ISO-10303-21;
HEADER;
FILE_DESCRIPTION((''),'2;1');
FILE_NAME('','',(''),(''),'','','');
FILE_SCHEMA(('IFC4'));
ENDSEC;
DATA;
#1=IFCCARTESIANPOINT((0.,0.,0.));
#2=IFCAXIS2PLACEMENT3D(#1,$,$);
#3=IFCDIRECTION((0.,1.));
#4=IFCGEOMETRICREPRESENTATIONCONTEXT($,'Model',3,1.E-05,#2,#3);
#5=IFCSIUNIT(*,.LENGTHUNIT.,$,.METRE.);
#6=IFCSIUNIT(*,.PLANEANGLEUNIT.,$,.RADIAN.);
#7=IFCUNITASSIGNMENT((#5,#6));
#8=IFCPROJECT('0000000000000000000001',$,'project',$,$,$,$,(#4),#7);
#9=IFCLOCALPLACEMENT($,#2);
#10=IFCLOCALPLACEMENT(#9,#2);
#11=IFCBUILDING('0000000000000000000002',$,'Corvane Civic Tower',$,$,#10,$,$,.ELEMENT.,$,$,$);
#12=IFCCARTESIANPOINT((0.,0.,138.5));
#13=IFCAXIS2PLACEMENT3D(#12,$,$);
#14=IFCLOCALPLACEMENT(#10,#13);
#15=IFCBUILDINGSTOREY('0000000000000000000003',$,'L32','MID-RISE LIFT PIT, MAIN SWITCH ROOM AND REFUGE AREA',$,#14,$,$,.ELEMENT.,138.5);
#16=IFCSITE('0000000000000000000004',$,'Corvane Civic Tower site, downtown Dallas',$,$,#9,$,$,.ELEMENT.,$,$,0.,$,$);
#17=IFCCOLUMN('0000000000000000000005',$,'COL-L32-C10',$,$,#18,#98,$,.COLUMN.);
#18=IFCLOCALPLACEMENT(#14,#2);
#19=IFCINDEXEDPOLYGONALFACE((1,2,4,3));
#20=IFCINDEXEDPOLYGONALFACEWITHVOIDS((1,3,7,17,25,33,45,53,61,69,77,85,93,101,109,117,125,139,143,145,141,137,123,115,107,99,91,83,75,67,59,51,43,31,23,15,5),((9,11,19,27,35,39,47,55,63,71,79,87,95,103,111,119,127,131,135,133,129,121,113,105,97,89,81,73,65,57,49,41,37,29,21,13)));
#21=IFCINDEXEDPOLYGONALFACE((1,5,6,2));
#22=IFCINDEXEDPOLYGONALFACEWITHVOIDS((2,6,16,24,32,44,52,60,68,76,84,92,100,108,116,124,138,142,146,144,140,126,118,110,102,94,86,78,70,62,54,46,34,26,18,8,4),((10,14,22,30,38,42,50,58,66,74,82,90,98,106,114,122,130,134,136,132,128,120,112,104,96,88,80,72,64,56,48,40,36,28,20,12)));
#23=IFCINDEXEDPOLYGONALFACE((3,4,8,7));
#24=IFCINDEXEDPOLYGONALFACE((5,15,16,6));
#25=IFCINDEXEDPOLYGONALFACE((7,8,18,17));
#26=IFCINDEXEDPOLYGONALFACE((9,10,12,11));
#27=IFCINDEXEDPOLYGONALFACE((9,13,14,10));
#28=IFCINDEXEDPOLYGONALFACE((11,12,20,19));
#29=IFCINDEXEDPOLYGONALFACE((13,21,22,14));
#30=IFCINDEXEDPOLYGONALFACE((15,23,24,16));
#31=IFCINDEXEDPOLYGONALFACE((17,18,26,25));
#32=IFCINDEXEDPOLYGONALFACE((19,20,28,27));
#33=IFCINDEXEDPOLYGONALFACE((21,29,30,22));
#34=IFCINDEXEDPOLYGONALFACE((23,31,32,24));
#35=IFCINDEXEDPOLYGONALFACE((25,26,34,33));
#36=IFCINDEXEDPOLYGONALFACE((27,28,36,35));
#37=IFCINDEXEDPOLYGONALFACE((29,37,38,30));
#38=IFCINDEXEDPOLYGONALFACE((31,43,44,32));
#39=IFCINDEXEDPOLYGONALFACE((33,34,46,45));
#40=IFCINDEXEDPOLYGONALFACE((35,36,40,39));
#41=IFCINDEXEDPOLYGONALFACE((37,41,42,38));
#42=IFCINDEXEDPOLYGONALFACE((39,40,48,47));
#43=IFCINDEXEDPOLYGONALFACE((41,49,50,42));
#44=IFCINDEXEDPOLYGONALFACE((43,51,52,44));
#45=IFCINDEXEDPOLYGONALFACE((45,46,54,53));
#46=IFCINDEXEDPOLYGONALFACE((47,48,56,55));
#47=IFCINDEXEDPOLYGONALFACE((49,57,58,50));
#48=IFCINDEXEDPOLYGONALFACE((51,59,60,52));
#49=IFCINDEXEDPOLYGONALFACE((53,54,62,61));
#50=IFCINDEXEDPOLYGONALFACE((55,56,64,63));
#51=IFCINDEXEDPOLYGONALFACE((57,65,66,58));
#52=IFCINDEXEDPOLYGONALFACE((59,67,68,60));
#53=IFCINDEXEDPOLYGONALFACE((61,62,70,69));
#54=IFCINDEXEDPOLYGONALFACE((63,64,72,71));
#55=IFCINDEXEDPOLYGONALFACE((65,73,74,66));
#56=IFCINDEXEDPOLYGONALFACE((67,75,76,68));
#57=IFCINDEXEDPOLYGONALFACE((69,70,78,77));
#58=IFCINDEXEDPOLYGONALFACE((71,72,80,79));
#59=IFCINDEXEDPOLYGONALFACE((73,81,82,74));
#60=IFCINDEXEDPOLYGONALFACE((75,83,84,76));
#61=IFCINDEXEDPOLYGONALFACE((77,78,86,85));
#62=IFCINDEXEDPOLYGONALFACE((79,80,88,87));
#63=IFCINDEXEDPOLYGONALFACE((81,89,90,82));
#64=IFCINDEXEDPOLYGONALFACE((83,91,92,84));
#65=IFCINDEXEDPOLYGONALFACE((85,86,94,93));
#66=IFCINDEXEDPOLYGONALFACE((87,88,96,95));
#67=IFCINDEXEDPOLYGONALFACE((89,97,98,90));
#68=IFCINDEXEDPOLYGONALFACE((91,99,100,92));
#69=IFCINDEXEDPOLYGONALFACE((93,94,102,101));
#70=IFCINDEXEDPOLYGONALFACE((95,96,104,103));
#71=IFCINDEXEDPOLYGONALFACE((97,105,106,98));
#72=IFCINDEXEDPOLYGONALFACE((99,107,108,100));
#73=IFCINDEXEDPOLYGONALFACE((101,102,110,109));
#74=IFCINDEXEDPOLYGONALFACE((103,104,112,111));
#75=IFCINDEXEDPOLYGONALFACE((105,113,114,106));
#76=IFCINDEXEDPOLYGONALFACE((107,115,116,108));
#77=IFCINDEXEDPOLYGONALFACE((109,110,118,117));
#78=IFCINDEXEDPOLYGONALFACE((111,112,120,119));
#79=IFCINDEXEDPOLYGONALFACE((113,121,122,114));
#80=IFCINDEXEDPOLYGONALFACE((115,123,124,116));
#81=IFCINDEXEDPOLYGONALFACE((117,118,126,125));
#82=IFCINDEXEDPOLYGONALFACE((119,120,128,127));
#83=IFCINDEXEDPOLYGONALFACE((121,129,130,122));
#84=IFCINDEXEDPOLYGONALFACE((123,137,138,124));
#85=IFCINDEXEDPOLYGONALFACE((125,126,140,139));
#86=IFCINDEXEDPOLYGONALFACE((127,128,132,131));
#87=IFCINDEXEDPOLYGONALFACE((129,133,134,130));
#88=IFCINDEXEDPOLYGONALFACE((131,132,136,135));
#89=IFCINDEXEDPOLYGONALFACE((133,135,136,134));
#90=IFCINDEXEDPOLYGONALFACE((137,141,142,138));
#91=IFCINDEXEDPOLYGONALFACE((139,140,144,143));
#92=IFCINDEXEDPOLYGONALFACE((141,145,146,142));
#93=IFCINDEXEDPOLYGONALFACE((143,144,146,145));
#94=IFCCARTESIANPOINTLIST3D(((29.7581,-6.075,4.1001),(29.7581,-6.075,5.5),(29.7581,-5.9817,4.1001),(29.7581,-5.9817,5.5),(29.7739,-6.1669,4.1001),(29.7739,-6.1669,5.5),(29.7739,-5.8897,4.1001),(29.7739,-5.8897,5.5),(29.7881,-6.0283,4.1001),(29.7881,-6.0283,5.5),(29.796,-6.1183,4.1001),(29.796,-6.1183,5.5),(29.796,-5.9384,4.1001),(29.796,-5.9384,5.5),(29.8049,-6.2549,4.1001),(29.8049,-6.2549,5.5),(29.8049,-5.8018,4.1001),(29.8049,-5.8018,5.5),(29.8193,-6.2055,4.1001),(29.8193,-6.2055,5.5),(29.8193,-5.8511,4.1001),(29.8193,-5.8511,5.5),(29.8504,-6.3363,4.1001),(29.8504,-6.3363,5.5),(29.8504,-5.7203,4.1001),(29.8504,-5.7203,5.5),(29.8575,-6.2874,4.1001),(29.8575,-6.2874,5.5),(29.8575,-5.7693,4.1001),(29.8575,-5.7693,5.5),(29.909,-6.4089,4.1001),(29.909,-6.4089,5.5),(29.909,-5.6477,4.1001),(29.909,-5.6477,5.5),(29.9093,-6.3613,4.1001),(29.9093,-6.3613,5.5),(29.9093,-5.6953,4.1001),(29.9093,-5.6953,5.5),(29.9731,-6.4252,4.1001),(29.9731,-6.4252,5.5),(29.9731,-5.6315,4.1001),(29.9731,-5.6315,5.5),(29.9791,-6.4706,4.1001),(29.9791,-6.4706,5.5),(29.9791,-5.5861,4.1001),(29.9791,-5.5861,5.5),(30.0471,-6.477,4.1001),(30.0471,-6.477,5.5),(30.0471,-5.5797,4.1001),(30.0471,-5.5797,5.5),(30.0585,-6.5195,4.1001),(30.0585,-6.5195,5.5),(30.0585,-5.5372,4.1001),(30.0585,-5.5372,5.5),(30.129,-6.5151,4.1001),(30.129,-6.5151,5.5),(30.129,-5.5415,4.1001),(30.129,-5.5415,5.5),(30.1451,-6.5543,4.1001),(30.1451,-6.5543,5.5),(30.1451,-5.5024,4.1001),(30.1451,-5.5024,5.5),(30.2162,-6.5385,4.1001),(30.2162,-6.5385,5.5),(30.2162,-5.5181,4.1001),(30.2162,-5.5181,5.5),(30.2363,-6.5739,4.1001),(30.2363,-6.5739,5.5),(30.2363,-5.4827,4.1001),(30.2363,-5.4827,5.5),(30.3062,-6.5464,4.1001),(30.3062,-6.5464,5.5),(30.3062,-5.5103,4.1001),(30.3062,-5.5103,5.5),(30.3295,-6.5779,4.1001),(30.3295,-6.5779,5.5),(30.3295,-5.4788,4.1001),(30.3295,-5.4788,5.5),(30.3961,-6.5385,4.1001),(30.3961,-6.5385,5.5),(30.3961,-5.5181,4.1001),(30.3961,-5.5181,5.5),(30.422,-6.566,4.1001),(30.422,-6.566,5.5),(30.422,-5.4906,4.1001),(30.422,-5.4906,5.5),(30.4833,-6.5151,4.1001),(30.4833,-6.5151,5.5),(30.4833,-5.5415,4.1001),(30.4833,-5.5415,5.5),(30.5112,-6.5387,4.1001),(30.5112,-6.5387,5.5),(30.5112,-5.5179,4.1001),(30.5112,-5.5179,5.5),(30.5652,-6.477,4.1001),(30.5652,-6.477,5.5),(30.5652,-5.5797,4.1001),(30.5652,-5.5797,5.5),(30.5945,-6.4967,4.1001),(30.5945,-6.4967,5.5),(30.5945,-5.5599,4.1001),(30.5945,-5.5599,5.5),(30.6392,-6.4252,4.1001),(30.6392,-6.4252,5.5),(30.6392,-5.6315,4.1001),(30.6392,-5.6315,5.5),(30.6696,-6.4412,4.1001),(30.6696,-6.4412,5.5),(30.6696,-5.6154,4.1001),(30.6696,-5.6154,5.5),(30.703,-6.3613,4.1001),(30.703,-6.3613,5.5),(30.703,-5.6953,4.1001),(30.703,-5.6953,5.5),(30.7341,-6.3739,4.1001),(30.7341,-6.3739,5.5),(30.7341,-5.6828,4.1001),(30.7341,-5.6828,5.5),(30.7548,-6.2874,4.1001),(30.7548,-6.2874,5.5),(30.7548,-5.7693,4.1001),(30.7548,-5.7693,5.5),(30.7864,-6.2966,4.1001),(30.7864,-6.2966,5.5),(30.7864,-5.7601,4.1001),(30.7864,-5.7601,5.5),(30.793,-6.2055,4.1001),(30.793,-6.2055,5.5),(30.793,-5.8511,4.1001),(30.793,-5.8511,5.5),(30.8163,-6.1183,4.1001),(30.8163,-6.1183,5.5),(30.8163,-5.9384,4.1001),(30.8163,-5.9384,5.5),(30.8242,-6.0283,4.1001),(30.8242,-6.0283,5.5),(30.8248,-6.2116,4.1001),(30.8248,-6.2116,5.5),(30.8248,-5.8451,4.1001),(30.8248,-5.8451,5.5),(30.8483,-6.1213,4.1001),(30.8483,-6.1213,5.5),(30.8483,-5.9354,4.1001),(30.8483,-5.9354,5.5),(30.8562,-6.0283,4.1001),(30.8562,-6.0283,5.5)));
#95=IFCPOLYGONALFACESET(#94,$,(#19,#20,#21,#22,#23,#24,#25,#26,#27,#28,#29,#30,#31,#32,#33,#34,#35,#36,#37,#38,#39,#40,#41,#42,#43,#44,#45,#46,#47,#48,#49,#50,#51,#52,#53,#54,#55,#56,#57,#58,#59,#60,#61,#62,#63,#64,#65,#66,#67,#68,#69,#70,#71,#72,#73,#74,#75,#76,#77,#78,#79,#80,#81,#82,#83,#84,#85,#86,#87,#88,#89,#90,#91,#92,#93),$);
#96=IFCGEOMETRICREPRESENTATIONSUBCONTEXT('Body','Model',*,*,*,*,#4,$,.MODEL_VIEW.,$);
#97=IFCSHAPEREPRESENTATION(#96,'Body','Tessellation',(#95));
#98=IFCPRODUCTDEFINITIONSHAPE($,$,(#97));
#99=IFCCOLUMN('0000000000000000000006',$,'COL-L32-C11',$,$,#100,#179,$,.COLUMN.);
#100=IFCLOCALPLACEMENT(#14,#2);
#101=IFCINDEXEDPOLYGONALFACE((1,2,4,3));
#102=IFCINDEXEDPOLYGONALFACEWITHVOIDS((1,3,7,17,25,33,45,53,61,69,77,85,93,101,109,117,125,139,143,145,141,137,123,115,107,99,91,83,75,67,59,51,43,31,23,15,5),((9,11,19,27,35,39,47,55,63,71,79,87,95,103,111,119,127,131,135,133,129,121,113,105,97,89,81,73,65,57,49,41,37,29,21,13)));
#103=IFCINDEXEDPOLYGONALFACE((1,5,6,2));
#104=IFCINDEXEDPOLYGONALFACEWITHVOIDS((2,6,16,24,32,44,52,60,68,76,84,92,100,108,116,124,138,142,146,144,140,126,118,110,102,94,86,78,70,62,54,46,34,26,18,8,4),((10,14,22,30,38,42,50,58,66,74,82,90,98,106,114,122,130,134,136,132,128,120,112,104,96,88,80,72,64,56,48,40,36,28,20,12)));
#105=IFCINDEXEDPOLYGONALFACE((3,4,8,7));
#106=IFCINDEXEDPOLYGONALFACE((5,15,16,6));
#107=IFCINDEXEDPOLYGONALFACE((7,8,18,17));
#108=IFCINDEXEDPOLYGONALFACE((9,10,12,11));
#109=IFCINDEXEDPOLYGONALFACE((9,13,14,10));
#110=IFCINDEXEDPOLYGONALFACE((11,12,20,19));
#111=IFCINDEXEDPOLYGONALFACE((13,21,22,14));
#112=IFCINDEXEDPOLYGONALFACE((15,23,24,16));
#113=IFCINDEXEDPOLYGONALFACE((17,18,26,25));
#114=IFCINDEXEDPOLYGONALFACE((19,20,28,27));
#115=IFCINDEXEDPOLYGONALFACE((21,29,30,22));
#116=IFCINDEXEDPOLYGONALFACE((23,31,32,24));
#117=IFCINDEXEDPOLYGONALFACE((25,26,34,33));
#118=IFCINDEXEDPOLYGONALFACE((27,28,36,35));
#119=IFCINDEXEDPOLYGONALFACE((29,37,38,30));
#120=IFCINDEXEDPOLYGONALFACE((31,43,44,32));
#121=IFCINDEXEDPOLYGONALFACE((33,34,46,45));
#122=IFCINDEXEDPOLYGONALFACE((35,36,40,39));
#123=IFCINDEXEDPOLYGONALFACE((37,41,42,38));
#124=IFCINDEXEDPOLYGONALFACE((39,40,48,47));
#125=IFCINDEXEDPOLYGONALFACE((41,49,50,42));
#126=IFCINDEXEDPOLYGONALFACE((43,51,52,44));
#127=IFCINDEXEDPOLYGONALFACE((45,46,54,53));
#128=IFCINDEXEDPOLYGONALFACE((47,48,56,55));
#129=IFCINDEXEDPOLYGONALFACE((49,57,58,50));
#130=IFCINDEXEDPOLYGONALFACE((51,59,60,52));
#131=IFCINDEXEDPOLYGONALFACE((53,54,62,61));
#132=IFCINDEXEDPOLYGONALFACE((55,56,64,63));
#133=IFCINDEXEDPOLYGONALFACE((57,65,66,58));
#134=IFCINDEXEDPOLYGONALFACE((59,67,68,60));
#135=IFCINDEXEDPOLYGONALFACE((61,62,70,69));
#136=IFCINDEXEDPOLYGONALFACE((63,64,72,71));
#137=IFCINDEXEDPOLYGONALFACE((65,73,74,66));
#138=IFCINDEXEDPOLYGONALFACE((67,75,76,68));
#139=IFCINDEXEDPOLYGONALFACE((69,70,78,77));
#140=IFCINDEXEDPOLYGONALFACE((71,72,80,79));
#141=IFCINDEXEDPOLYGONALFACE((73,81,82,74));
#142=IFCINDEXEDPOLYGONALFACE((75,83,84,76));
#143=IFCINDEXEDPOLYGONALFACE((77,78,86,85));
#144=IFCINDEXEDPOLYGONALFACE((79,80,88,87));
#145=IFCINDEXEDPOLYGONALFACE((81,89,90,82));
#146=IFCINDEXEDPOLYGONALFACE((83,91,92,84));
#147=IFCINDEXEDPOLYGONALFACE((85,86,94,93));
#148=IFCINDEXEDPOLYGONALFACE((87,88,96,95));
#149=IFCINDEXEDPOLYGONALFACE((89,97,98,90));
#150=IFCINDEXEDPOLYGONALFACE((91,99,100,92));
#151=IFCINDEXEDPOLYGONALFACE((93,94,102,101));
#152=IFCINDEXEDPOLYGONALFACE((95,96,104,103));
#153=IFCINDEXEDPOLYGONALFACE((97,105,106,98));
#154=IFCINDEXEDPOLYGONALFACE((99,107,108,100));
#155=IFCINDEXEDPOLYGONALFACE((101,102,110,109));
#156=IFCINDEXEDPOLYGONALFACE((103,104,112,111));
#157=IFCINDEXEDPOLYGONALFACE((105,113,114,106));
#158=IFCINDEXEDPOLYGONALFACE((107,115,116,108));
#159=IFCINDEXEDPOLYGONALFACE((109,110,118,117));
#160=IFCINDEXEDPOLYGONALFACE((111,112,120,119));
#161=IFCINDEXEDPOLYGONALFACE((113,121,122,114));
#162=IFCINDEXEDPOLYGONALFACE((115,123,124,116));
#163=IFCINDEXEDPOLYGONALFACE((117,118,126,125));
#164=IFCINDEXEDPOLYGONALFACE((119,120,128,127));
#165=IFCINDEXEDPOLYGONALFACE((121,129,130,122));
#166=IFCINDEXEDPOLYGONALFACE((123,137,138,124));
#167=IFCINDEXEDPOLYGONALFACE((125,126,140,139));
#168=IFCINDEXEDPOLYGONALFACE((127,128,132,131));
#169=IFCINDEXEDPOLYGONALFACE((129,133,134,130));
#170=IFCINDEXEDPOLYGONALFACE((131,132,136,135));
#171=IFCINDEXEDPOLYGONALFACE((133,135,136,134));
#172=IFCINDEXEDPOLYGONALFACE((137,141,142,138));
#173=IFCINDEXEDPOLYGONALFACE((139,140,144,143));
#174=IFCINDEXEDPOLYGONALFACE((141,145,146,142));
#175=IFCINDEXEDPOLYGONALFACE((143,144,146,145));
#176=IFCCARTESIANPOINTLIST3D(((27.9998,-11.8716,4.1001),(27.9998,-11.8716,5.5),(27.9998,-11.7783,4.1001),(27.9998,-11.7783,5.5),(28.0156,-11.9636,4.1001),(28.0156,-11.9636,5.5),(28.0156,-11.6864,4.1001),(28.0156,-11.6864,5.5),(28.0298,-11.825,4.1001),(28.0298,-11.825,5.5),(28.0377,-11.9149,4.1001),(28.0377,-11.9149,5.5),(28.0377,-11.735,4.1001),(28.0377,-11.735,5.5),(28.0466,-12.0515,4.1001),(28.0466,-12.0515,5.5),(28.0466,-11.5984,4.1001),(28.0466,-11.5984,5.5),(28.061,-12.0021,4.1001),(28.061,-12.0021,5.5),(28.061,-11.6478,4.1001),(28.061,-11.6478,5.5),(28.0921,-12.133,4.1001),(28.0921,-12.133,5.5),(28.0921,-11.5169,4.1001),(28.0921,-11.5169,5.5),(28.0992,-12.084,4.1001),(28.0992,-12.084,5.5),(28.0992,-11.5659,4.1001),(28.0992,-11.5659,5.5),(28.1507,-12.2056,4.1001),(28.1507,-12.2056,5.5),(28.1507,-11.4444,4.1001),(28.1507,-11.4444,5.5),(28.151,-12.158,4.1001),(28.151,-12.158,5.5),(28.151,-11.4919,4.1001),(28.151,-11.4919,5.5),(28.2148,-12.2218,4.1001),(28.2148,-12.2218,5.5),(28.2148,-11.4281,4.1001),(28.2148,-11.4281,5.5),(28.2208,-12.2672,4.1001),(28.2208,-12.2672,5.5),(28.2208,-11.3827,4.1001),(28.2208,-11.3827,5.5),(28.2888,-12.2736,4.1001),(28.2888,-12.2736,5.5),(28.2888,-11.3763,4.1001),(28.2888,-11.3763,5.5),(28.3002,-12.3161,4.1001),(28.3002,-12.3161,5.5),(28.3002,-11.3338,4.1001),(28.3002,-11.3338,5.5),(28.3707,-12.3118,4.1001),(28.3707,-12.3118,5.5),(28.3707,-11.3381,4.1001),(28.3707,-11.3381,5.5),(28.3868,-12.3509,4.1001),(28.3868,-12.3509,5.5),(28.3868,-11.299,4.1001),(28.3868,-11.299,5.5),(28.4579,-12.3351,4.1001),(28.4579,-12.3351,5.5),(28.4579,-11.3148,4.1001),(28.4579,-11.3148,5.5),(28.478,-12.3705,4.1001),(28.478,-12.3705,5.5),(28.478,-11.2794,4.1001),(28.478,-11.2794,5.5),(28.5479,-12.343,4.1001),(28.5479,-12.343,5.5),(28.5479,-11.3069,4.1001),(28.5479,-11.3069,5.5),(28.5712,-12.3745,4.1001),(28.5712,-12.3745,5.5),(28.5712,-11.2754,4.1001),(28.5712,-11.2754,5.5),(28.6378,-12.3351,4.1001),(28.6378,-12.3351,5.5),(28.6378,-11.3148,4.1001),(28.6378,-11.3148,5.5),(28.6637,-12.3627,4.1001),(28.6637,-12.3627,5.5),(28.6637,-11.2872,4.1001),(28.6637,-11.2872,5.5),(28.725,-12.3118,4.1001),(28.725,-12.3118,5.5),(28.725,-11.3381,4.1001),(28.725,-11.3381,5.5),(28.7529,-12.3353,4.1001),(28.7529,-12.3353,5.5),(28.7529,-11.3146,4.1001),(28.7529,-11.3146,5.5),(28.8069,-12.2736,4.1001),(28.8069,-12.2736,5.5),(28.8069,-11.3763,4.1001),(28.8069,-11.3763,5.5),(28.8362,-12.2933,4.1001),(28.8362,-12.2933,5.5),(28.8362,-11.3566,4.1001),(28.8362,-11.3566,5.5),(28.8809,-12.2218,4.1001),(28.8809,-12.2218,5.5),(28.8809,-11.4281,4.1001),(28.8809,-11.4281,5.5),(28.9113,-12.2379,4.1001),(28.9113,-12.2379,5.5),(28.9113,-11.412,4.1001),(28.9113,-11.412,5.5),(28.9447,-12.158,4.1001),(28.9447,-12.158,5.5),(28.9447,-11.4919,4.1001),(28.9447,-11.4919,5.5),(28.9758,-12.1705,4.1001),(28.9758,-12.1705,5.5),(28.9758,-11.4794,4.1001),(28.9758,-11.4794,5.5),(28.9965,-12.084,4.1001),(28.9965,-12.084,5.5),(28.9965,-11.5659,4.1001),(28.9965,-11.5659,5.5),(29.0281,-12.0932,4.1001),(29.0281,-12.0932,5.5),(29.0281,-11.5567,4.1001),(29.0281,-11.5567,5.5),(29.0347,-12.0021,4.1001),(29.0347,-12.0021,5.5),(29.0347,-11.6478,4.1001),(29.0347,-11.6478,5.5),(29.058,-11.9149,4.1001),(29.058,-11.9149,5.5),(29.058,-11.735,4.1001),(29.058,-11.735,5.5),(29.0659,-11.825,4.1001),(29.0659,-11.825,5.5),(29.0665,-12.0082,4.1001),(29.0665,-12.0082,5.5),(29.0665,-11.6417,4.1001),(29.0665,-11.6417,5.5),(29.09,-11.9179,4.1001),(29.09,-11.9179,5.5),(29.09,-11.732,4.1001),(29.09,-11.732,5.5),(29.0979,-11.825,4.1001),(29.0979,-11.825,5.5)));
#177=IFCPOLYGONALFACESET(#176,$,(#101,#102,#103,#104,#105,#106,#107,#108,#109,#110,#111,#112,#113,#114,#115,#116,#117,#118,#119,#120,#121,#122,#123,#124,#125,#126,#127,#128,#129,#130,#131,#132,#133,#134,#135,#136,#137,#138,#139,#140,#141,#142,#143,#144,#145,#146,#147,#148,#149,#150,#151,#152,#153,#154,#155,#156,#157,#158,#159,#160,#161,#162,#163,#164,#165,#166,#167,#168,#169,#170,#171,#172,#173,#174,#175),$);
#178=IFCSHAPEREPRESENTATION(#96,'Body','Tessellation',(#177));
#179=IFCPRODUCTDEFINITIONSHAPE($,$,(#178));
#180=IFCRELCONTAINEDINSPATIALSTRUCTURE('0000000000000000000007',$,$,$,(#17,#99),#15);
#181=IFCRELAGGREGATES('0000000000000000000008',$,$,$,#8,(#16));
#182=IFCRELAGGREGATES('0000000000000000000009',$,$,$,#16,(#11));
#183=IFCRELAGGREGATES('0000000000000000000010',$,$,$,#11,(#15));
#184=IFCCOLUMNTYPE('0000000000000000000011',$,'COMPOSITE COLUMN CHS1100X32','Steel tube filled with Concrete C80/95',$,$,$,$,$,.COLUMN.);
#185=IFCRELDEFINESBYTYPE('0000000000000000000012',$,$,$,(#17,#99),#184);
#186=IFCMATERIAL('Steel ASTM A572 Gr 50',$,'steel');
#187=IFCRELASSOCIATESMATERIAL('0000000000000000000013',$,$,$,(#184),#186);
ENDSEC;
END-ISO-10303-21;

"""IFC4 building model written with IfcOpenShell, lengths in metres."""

from ifc_helpers import new_model, si_unit, direction, frame, origin, origin_2d, place, context, subcontext, project, spatial, hollow_circle, extrude, material, material_profile, profile_set, type_object, element, save


model = new_model("IFC4")

# Units and contexts
model_context = context("Model", 3, precision=1e-05, world=origin(), true_north=direction((0.0, 1.0)))
body_context = subcontext(model_context, "Body", "Model", "MODEL_VIEW")
ifc_project = project(units=[si_unit("LENGTHUNIT", "METRE"), si_unit("PLANEANGLEUNIT", "RADIAN")], contexts=[model_context])

# Site, building, storey
site_placement = place(None, origin())
site = spatial("IfcSite", under=ifc_project, at=site_placement, Name="Corvane Civic Tower site, downtown Dallas", CompositionType="ELEMENT", RefElevation=0.0)
building_placement = place(site_placement, origin())
building = spatial("IfcBuilding", under=site, at=building_placement, Name="Corvane Civic Tower", CompositionType="ELEMENT")
storey_placement = place(building_placement, frame((0.0, 0.0, 138.5)))
storey = spatial("IfcBuildingStorey", under=building, at=storey_placement, Name="L32", Description="MID-RISE LIFT PIT, MAIN SWITCH ROOM AND REFUGE AREA", CompositionType="ELEMENT", Elevation=138.5)

# Columns
ifc_material_1 = material(Name="Steel ASTM A572 Gr 50", Category="steel")
ifc_material_profile_1 = material_profile(ifc_material_1, hollow_circle(Radius=0.55, WallThickness=0.032, at=origin_2d()), Name="CHS1100X32")
ifc_profile_set_1 = profile_set([ifc_material_profile_1], Name="Steel ASTM A572 Gr 50")
column_type = type_object("IfcColumnType", Name="COMPOSITE COLUMN CHS1100X32", Description="Steel tube filled with Concrete C80/95", PredefinedType="COLUMN", material=ifc_profile_set_1)
for number, where, z_axis, x_axis, name in (
    (1, (30.3062, -6.0283, 4.1001), (0.0, 0.0, 1.0), (1.0, 0.0, 0.0), "COL-L32-C10"),
    (2, (28.5479, -11.825, 4.1001), (0.0, 0.0, 1.0), (1.0, 0.0, 0.0), "COL-L32-C11"),
):
    element("IfcColumn", number, at=place(storey_placement, frame(where, z_axis=z_axis, x_axis=x_axis)), inside=storey, type_object=column_type, Name=name, PredefinedType="COLUMN", context=body_context, shape_type="SweptSolid", body=[
        extrude(hollow_circle(Radius=0.55, WallThickness=0.032, at=origin_2d()), origin(), (0.0, 0.0, 1.0), 1.3999),
    ])

save(model, "model.ifc")
